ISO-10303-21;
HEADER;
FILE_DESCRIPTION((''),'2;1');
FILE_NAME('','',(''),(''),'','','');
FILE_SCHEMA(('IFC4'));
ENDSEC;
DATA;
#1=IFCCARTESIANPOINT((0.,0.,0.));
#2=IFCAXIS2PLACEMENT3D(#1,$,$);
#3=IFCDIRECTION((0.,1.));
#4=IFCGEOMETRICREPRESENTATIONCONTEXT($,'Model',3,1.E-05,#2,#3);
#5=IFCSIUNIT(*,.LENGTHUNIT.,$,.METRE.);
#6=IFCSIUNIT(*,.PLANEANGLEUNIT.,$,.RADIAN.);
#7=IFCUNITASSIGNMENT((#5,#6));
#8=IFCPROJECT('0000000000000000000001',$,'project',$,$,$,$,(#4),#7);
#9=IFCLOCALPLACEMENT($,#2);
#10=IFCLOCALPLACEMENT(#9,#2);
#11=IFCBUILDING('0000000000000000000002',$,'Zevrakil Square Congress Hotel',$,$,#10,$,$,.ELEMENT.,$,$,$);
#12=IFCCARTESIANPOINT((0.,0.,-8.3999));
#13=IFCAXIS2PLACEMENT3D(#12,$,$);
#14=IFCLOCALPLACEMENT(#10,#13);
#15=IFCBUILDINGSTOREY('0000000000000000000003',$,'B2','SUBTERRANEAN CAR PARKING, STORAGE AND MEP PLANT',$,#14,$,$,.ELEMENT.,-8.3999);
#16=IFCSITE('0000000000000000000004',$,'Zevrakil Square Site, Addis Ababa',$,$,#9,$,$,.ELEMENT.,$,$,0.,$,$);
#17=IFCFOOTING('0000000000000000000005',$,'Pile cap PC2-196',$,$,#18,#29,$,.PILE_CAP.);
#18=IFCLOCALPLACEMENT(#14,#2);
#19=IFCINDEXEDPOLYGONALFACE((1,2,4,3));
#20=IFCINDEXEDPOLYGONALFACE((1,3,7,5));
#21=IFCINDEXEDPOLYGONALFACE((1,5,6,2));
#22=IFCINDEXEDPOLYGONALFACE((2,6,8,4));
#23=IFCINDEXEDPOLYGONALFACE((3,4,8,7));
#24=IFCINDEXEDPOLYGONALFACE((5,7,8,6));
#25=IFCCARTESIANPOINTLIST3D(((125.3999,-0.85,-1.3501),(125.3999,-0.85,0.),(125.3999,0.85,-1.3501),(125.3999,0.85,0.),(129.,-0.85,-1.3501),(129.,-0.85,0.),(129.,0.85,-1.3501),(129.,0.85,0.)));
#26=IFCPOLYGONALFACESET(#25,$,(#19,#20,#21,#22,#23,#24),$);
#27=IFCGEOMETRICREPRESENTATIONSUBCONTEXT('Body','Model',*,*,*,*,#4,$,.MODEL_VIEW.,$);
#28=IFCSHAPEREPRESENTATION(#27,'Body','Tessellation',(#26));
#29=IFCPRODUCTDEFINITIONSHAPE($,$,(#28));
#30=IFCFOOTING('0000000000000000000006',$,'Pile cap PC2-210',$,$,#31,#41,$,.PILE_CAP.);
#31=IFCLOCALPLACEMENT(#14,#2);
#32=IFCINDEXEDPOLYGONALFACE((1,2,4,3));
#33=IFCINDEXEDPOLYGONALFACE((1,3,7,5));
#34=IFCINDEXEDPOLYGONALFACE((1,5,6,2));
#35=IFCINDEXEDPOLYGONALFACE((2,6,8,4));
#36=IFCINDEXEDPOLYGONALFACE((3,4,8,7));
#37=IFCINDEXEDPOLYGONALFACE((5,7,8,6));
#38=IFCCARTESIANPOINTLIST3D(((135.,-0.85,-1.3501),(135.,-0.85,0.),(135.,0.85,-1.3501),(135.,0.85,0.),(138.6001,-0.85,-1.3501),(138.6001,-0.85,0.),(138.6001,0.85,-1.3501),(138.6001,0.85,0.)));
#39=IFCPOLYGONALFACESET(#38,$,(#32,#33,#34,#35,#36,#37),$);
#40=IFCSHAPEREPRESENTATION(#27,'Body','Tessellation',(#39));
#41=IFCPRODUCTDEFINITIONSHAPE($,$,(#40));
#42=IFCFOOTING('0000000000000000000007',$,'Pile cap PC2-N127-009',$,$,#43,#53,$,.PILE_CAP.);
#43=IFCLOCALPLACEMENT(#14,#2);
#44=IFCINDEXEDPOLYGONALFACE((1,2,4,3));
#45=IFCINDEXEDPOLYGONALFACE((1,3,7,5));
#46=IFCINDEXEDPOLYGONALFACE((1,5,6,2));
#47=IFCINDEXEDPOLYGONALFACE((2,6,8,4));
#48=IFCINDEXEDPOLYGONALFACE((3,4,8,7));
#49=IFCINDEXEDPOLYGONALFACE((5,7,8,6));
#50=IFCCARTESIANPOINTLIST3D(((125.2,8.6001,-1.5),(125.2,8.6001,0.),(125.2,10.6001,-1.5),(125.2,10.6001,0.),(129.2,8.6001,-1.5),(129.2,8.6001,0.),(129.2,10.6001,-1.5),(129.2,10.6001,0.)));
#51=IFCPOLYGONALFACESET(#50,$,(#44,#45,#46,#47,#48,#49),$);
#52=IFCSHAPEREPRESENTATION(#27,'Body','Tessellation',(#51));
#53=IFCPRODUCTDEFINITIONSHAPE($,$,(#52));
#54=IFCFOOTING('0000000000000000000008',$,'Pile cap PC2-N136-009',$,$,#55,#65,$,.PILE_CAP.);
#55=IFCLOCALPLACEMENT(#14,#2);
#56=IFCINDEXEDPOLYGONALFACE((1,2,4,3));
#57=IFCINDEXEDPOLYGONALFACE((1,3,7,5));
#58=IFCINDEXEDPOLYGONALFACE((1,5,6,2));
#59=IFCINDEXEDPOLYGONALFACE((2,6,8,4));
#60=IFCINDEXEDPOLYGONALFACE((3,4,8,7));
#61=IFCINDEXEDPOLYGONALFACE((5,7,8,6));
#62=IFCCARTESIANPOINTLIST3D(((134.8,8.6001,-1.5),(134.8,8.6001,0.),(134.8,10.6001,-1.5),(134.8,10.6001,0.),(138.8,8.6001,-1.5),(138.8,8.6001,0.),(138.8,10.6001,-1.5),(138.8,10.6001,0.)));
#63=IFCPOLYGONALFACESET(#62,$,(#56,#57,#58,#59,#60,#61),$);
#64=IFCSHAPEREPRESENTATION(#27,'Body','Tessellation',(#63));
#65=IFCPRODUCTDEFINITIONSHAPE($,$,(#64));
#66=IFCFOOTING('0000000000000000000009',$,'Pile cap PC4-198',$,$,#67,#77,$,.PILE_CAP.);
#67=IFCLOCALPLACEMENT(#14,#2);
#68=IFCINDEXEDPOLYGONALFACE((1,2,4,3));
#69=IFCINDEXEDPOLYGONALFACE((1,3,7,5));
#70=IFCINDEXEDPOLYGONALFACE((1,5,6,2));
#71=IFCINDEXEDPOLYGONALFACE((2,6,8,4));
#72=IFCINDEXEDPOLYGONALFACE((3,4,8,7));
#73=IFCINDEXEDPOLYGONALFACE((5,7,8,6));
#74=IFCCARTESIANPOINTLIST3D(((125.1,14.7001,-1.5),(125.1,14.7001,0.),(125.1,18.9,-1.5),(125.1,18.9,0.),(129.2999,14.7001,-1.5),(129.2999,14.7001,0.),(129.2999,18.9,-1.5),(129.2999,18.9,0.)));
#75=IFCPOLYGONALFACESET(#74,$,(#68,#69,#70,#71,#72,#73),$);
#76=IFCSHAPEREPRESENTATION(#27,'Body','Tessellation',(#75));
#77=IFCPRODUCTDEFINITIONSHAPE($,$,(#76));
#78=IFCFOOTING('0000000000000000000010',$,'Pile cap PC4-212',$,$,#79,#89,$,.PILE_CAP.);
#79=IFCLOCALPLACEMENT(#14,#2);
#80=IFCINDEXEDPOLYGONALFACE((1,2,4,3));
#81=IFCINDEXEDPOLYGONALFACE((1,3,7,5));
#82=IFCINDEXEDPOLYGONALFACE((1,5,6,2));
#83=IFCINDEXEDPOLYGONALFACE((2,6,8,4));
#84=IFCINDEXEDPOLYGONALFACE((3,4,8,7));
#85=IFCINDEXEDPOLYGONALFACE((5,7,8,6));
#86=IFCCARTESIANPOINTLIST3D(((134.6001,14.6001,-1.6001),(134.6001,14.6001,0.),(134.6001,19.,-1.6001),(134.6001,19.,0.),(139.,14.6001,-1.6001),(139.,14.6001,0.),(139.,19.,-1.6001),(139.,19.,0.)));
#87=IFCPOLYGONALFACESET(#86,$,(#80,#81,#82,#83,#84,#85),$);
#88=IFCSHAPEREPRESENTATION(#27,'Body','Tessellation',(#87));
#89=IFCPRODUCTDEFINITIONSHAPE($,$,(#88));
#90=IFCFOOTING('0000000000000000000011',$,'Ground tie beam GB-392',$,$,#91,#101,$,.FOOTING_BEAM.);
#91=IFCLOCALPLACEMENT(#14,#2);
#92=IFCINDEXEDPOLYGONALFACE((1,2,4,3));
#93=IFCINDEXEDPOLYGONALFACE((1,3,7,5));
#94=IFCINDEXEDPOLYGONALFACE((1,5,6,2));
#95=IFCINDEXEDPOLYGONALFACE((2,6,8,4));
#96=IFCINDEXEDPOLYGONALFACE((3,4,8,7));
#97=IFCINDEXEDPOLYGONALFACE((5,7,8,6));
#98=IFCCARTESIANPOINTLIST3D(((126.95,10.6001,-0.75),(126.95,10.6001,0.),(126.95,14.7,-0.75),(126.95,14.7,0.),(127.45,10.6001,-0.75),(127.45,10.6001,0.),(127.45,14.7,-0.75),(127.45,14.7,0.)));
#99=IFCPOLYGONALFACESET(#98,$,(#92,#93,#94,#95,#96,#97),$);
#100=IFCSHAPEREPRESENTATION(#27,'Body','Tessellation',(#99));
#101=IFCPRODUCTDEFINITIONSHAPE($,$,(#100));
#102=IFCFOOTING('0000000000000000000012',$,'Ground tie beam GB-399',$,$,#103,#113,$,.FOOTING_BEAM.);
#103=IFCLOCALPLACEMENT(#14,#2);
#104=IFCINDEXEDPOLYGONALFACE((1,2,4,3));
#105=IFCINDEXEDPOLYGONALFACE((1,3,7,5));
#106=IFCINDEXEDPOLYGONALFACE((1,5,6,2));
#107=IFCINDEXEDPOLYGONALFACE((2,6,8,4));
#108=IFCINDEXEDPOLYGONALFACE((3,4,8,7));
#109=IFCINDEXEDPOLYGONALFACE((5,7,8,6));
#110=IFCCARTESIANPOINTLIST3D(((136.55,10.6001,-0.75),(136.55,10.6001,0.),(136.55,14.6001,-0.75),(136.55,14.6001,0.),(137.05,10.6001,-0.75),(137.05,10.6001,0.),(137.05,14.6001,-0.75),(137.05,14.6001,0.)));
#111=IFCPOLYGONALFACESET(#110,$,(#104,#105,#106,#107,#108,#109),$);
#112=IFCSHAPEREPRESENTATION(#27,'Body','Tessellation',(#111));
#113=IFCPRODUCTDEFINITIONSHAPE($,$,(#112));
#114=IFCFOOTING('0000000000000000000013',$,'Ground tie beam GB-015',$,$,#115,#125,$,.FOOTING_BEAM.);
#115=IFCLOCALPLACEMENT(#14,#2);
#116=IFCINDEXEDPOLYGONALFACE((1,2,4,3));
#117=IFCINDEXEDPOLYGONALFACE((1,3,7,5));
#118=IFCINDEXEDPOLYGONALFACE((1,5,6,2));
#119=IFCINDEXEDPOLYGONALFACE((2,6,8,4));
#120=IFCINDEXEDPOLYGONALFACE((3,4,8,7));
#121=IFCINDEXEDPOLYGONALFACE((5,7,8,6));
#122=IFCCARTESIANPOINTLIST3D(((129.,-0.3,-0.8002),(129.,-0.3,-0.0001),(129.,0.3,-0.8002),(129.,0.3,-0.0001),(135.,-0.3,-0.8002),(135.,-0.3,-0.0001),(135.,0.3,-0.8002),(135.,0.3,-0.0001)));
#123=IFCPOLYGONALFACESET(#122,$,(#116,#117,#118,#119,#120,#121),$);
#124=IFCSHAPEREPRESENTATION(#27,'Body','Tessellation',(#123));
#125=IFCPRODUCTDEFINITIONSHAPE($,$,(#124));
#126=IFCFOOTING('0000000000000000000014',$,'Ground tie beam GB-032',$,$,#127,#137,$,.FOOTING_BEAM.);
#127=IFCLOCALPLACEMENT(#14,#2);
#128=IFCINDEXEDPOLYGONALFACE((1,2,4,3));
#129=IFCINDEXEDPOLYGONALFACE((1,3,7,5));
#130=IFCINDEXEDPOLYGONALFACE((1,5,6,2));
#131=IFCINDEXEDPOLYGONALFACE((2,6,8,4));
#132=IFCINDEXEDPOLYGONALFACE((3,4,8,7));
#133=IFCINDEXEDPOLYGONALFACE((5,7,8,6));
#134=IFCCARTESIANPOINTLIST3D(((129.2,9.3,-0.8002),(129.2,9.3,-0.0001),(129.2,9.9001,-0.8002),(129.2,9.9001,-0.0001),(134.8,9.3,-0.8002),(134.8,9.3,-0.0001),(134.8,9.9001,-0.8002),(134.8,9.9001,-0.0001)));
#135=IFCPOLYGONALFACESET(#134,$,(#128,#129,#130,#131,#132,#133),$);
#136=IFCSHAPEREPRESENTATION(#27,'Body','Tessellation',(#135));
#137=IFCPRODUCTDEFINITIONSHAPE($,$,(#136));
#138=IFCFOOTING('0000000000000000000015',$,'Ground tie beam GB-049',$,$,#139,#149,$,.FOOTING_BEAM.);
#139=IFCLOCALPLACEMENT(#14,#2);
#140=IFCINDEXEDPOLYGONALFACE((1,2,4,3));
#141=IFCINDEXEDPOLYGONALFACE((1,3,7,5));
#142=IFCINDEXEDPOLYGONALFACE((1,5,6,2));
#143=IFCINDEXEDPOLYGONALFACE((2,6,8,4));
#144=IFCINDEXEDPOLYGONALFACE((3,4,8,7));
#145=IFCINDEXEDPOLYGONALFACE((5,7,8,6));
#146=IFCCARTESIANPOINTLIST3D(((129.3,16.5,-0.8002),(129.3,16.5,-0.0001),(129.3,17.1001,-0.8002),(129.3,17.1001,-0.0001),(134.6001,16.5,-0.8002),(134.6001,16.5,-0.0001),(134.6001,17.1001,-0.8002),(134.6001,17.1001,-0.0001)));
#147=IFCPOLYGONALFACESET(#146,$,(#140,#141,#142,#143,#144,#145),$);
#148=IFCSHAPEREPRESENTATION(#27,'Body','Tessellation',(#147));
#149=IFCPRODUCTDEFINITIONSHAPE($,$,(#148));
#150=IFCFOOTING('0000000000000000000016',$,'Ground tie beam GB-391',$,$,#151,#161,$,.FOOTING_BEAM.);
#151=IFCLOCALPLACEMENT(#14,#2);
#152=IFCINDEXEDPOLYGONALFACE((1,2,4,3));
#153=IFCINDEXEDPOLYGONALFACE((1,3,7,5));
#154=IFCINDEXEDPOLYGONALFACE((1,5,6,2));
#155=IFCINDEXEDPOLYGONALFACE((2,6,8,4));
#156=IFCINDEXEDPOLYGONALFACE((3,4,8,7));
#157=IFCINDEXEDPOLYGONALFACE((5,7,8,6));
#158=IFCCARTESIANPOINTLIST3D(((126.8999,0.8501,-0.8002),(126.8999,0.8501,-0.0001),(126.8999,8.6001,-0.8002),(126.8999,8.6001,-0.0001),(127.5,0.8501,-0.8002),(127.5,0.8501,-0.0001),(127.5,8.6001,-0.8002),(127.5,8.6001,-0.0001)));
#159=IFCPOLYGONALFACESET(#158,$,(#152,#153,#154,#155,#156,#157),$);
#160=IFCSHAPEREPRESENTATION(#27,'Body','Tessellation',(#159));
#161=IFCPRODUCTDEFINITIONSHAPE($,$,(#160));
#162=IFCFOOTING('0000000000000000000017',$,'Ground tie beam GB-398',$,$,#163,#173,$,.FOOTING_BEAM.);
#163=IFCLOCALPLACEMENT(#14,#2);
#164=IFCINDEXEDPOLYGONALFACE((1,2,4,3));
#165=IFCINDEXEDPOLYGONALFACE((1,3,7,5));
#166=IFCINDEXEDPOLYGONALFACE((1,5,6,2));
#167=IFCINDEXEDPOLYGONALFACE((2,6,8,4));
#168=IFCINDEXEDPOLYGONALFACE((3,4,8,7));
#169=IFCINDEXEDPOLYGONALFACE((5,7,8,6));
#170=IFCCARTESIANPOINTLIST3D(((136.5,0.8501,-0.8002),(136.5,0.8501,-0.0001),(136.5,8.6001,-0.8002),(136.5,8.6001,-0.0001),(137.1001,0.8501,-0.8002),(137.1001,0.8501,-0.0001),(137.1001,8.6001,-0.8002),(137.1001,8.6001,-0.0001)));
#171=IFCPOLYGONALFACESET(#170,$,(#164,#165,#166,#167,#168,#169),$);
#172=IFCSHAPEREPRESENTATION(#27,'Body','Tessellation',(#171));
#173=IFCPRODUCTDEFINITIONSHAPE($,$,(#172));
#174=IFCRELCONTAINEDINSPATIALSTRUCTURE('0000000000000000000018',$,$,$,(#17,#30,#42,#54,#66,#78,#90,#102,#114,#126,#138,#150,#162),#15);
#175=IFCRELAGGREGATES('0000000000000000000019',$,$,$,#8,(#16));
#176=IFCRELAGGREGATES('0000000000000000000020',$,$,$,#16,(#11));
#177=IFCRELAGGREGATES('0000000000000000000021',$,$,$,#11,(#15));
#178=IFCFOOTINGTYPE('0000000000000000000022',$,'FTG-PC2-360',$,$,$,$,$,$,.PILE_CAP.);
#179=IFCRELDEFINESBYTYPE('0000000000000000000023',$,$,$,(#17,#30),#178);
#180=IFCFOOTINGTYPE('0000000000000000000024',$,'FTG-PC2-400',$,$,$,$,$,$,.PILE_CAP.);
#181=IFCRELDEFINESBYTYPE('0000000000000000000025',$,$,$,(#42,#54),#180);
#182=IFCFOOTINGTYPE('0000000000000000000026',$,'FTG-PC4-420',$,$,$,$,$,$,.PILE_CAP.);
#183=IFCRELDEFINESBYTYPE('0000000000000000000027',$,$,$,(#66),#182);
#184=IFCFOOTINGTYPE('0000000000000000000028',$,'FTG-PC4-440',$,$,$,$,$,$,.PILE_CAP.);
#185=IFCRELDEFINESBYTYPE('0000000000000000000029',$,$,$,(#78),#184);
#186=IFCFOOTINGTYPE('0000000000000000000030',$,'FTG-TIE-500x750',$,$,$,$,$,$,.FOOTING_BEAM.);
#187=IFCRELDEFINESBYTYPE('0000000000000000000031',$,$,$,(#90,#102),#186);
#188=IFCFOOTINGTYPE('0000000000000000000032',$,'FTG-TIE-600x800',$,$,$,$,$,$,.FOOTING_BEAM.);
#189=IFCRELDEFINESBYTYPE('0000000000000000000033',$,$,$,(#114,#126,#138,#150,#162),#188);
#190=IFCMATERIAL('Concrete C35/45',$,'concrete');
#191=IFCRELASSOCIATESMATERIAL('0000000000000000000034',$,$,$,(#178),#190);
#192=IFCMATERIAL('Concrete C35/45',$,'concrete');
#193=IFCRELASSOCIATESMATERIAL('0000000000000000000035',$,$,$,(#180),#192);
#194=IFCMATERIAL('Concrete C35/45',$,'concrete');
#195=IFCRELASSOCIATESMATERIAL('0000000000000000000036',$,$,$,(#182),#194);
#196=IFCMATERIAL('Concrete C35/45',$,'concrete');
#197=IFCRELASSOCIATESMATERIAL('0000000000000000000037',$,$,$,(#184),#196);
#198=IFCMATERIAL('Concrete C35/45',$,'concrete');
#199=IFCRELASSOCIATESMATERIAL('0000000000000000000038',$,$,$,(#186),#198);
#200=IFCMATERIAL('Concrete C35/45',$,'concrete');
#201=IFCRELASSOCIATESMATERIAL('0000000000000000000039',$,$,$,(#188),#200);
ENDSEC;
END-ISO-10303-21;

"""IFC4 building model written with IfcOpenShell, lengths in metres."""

from ifc_helpers import new_model, si_unit, direction, frame, origin, origin_2d, place, context, subcontext, project, spatial, rectangle, extrude, material, material_profile, profile_set, type_object, element, save


model = new_model("IFC4")

# Units and contexts
model_context = context("Model", 3, precision=1e-05, world=origin(), true_north=direction((0.0, 1.0)))
body_context = subcontext(model_context, "Body", "Model", "MODEL_VIEW")
ifc_project = project(units=[si_unit("LENGTHUNIT", "METRE"), si_unit("PLANEANGLEUNIT", "RADIAN")], contexts=[model_context])

# Site, building, storey
site_placement = place(None, origin())
site = spatial("IfcSite", under=ifc_project, at=site_placement, Name="Zevrakil Square Site, Addis Ababa", CompositionType="ELEMENT", RefElevation=0.0)
building_placement = place(site_placement, origin())
building = spatial("IfcBuilding", under=site, at=building_placement, Name="Zevrakil Square Congress Hotel", CompositionType="ELEMENT")
storey_placement = place(building_placement, frame((0.0, 0.0, -8.3999)))
storey = spatial("IfcBuildingStorey", under=building, at=storey_placement, Name="B2", Description="SUBTERRANEAN CAR PARKING, STORAGE AND MEP PLANT", CompositionType="ELEMENT", Elevation=-8.3999)

# Footings
ifc_material_1 = material(Name="Concrete C35/45", Category="concrete")
footing_type_1 = type_object("IfcFootingType", Name="FTG-PC2-360", PredefinedType="PILE_CAP", material=ifc_material_1)
for number, where, z_axis, x_axis, name in (
    (1, (127.2, 0.0, -1.3501), (0.0, 0.0, 1.0), (1.0, 0.0, 0.0), "Pile cap PC2-196"),
    (2, (136.8, 0.0, -1.3501), (0.0, 0.0, 1.0), (1.0, 0.0, 0.0), "Pile cap PC2-210"),
):
    element("IfcFooting", number, at=place(storey_placement, frame(where, z_axis=z_axis, x_axis=x_axis)), inside=storey, type_object=footing_type_1, Name=name, PredefinedType="PILE_CAP", context=body_context, shape_type="SweptSolid", body=[
        extrude(rectangle(XDim=3.6001, YDim=1.7, at=origin_2d()), origin(), (0.0, 0.0, 1.0), 1.3501),
    ])
ifc_material_2 = material(Name="Concrete C35/45", Category="concrete")
footing_type_2 = type_object("IfcFootingType", Name="FTG-PC2-400", PredefinedType="PILE_CAP", material=ifc_material_2)
for number, where, z_axis, x_axis, name in (
    (3, (127.2, 9.6001, -1.5), (0.0, 0.0, 1.0), (1.0, 0.0, 0.0), "Pile cap PC2-N127-009"),
    (4, (136.8, 9.6001, -1.5), (0.0, 0.0, 1.0), (1.0, 0.0, 0.0), "Pile cap PC2-N136-009"),
):
    element("IfcFooting", number, at=place(storey_placement, frame(where, z_axis=z_axis, x_axis=x_axis)), inside=storey, type_object=footing_type_2, Name=name, PredefinedType="PILE_CAP", context=body_context, shape_type="SweptSolid", body=[
        extrude(rectangle(XDim=4.0, YDim=2.0, at=origin_2d()), origin(), (0.0, 0.0, 1.0), 1.5),
    ])
ifc_material_3 = material(Name="Concrete C35/45", Category="concrete")
footing_type_3 = type_object("IfcFootingType", Name="FTG-PC4-420", PredefinedType="PILE_CAP", material=ifc_material_3)
footing_1_placement = place(storey_placement, frame((127.2, 16.8, -1.5), z_axis=(0.0, 0.0, 1.0), x_axis=(1.0, 0.0, 0.0)))
element("IfcFooting", 5, at=footing_1_placement, inside=storey, type_object=footing_type_3, Name="Pile cap PC4-198", PredefinedType="PILE_CAP", context=body_context, shape_type="SweptSolid", body=[
    extrude(rectangle(XDim=4.2, YDim=4.2, at=origin_2d()), origin(), (0.0, 0.0, 1.0), 1.5),
])
ifc_material_4 = material(Name="Concrete C35/45", Category="concrete")
footing_type_4 = type_object("IfcFootingType", Name="FTG-PC4-440", PredefinedType="PILE_CAP", material=ifc_material_4)
footing_2_placement = place(storey_placement, frame((136.8, 16.8, -1.6001), z_axis=(0.0, 0.0, 1.0), x_axis=(1.0, 0.0, 0.0)))
element("IfcFooting", 6, at=footing_2_placement, inside=storey, type_object=footing_type_4, Name="Pile cap PC4-212", PredefinedType="PILE_CAP", context=body_context, shape_type="SweptSolid", body=[
    extrude(rectangle(XDim=4.3999, YDim=4.3999, at=origin_2d()), origin(), (0.0, 0.0, 1.0), 1.6001),
])
ifc_material_5 = material(Name="Concrete C35/45", Category="concrete")
ifc_material_profile_1 = material_profile(ifc_material_5, rectangle(XDim=0.5, YDim=0.75, at=origin_2d()), Name="RC 500x750")
ifc_profile_set_1 = profile_set([ifc_material_profile_1], Name="Concrete C35/45")
footing_type_5 = type_object("IfcFootingType", Name="FTG-TIE-500x750", PredefinedType="FOOTING_BEAM", material=ifc_profile_set_1)
footing_3_placement = place(storey_placement, frame((127.2, 10.6001, -0.375), z_axis=(0.0, 1.0, 0.0), x_axis=(-1.0, 0.0, 0.0)))
element("IfcFooting", 7, at=footing_3_placement, inside=storey, type_object=footing_type_5, Name="Ground tie beam GB-392", PredefinedType="FOOTING_BEAM", context=body_context, shape_type="SweptSolid", body=[
    extrude(rectangle(XDim=0.5, YDim=0.75, at=origin_2d()), origin(), (0.0, 0.0, 1.0), 4.0999),
])
footing_4_placement = place(storey_placement, frame((136.8, 10.6001, -0.375), z_axis=(0.0, 1.0, 0.0), x_axis=(-1.0, 0.0, 0.0)))
element("IfcFooting", 8, at=footing_4_placement, inside=storey, type_object=footing_type_5, Name="Ground tie beam GB-399", PredefinedType="FOOTING_BEAM", context=body_context, shape_type="SweptSolid", body=[
    extrude(rectangle(XDim=0.5, YDim=0.75, at=origin_2d()), origin(), (0.0, 0.0, 1.0), 4.0),
])
ifc_material_6 = material(Name="Concrete C35/45", Category="concrete")
ifc_material_profile_2 = material_profile(ifc_material_6, rectangle(XDim=0.6001, YDim=0.8, at=origin_2d()), Name="RC 600x800")
ifc_profile_set_2 = profile_set([ifc_material_profile_2], Name="Concrete C35/45")
footing_type_6 = type_object("IfcFootingType", Name="FTG-TIE-600x800", PredefinedType="FOOTING_BEAM", material=ifc_profile_set_2)
footing_5_placement = place(storey_placement, frame((129.0, 0.0, -0.4001), z_axis=(1.0, 0.0, 0.0), x_axis=(0.0, 1.0, 0.0)))
element("IfcFooting", 9, at=footing_5_placement, inside=storey, type_object=footing_type_6, Name="Ground tie beam GB-015", PredefinedType="FOOTING_BEAM", context=body_context, shape_type="SweptSolid", body=[
    extrude(rectangle(XDim=0.6001, YDim=0.8, at=origin_2d()), origin(), (0.0, 0.0, 1.0), 6.0),
])
footing_6_placement = place(storey_placement, frame((129.2, 9.6001, -0.4001), z_axis=(1.0, 0.0, 0.0), x_axis=(0.0, 1.0, 0.0)))
element("IfcFooting", 10, at=footing_6_placement, inside=storey, type_object=footing_type_6, Name="Ground tie beam GB-032", PredefinedType="FOOTING_BEAM", context=body_context, shape_type="SweptSolid", body=[
    extrude(rectangle(XDim=0.6001, YDim=0.8, at=origin_2d()), origin(), (0.0, 0.0, 1.0), 5.6001),
])
footing_7_placement = place(storey_placement, frame((129.3, 16.8, -0.4001), z_axis=(1.0, 0.0, 0.0), x_axis=(0.0, 1.0, 0.0)))
element("IfcFooting", 11, at=footing_7_placement, inside=storey, type_object=footing_type_6, Name="Ground tie beam GB-049", PredefinedType="FOOTING_BEAM", context=body_context, shape_type="SweptSolid", body=[
    extrude(rectangle(XDim=0.6001, YDim=0.8, at=origin_2d()), origin(), (0.0, 0.0, 1.0), 5.3),
])
for number, where, z_axis, x_axis, name in (
    (12, (127.2, 0.8501, -0.4001), (0.0, 1.0, 0.0), (-1.0, 0.0, 0.0), "Ground tie beam GB-391"),
    (13, (136.8, 0.8501, -0.4001), (0.0, 1.0, 0.0), (-1.0, 0.0, 0.0), "Ground tie beam GB-398"),
):
    element("IfcFooting", number, at=place(storey_placement, frame(where, z_axis=z_axis, x_axis=x_axis)), inside=storey, type_object=footing_type_6, Name=name, PredefinedType="FOOTING_BEAM", context=body_context, shape_type="SweptSolid", body=[
        extrude(rectangle(XDim=0.6001, YDim=0.8, at=origin_2d()), origin(), (0.0, 0.0, 1.0), 7.75),
    ])

save(model, "model.ifc")
